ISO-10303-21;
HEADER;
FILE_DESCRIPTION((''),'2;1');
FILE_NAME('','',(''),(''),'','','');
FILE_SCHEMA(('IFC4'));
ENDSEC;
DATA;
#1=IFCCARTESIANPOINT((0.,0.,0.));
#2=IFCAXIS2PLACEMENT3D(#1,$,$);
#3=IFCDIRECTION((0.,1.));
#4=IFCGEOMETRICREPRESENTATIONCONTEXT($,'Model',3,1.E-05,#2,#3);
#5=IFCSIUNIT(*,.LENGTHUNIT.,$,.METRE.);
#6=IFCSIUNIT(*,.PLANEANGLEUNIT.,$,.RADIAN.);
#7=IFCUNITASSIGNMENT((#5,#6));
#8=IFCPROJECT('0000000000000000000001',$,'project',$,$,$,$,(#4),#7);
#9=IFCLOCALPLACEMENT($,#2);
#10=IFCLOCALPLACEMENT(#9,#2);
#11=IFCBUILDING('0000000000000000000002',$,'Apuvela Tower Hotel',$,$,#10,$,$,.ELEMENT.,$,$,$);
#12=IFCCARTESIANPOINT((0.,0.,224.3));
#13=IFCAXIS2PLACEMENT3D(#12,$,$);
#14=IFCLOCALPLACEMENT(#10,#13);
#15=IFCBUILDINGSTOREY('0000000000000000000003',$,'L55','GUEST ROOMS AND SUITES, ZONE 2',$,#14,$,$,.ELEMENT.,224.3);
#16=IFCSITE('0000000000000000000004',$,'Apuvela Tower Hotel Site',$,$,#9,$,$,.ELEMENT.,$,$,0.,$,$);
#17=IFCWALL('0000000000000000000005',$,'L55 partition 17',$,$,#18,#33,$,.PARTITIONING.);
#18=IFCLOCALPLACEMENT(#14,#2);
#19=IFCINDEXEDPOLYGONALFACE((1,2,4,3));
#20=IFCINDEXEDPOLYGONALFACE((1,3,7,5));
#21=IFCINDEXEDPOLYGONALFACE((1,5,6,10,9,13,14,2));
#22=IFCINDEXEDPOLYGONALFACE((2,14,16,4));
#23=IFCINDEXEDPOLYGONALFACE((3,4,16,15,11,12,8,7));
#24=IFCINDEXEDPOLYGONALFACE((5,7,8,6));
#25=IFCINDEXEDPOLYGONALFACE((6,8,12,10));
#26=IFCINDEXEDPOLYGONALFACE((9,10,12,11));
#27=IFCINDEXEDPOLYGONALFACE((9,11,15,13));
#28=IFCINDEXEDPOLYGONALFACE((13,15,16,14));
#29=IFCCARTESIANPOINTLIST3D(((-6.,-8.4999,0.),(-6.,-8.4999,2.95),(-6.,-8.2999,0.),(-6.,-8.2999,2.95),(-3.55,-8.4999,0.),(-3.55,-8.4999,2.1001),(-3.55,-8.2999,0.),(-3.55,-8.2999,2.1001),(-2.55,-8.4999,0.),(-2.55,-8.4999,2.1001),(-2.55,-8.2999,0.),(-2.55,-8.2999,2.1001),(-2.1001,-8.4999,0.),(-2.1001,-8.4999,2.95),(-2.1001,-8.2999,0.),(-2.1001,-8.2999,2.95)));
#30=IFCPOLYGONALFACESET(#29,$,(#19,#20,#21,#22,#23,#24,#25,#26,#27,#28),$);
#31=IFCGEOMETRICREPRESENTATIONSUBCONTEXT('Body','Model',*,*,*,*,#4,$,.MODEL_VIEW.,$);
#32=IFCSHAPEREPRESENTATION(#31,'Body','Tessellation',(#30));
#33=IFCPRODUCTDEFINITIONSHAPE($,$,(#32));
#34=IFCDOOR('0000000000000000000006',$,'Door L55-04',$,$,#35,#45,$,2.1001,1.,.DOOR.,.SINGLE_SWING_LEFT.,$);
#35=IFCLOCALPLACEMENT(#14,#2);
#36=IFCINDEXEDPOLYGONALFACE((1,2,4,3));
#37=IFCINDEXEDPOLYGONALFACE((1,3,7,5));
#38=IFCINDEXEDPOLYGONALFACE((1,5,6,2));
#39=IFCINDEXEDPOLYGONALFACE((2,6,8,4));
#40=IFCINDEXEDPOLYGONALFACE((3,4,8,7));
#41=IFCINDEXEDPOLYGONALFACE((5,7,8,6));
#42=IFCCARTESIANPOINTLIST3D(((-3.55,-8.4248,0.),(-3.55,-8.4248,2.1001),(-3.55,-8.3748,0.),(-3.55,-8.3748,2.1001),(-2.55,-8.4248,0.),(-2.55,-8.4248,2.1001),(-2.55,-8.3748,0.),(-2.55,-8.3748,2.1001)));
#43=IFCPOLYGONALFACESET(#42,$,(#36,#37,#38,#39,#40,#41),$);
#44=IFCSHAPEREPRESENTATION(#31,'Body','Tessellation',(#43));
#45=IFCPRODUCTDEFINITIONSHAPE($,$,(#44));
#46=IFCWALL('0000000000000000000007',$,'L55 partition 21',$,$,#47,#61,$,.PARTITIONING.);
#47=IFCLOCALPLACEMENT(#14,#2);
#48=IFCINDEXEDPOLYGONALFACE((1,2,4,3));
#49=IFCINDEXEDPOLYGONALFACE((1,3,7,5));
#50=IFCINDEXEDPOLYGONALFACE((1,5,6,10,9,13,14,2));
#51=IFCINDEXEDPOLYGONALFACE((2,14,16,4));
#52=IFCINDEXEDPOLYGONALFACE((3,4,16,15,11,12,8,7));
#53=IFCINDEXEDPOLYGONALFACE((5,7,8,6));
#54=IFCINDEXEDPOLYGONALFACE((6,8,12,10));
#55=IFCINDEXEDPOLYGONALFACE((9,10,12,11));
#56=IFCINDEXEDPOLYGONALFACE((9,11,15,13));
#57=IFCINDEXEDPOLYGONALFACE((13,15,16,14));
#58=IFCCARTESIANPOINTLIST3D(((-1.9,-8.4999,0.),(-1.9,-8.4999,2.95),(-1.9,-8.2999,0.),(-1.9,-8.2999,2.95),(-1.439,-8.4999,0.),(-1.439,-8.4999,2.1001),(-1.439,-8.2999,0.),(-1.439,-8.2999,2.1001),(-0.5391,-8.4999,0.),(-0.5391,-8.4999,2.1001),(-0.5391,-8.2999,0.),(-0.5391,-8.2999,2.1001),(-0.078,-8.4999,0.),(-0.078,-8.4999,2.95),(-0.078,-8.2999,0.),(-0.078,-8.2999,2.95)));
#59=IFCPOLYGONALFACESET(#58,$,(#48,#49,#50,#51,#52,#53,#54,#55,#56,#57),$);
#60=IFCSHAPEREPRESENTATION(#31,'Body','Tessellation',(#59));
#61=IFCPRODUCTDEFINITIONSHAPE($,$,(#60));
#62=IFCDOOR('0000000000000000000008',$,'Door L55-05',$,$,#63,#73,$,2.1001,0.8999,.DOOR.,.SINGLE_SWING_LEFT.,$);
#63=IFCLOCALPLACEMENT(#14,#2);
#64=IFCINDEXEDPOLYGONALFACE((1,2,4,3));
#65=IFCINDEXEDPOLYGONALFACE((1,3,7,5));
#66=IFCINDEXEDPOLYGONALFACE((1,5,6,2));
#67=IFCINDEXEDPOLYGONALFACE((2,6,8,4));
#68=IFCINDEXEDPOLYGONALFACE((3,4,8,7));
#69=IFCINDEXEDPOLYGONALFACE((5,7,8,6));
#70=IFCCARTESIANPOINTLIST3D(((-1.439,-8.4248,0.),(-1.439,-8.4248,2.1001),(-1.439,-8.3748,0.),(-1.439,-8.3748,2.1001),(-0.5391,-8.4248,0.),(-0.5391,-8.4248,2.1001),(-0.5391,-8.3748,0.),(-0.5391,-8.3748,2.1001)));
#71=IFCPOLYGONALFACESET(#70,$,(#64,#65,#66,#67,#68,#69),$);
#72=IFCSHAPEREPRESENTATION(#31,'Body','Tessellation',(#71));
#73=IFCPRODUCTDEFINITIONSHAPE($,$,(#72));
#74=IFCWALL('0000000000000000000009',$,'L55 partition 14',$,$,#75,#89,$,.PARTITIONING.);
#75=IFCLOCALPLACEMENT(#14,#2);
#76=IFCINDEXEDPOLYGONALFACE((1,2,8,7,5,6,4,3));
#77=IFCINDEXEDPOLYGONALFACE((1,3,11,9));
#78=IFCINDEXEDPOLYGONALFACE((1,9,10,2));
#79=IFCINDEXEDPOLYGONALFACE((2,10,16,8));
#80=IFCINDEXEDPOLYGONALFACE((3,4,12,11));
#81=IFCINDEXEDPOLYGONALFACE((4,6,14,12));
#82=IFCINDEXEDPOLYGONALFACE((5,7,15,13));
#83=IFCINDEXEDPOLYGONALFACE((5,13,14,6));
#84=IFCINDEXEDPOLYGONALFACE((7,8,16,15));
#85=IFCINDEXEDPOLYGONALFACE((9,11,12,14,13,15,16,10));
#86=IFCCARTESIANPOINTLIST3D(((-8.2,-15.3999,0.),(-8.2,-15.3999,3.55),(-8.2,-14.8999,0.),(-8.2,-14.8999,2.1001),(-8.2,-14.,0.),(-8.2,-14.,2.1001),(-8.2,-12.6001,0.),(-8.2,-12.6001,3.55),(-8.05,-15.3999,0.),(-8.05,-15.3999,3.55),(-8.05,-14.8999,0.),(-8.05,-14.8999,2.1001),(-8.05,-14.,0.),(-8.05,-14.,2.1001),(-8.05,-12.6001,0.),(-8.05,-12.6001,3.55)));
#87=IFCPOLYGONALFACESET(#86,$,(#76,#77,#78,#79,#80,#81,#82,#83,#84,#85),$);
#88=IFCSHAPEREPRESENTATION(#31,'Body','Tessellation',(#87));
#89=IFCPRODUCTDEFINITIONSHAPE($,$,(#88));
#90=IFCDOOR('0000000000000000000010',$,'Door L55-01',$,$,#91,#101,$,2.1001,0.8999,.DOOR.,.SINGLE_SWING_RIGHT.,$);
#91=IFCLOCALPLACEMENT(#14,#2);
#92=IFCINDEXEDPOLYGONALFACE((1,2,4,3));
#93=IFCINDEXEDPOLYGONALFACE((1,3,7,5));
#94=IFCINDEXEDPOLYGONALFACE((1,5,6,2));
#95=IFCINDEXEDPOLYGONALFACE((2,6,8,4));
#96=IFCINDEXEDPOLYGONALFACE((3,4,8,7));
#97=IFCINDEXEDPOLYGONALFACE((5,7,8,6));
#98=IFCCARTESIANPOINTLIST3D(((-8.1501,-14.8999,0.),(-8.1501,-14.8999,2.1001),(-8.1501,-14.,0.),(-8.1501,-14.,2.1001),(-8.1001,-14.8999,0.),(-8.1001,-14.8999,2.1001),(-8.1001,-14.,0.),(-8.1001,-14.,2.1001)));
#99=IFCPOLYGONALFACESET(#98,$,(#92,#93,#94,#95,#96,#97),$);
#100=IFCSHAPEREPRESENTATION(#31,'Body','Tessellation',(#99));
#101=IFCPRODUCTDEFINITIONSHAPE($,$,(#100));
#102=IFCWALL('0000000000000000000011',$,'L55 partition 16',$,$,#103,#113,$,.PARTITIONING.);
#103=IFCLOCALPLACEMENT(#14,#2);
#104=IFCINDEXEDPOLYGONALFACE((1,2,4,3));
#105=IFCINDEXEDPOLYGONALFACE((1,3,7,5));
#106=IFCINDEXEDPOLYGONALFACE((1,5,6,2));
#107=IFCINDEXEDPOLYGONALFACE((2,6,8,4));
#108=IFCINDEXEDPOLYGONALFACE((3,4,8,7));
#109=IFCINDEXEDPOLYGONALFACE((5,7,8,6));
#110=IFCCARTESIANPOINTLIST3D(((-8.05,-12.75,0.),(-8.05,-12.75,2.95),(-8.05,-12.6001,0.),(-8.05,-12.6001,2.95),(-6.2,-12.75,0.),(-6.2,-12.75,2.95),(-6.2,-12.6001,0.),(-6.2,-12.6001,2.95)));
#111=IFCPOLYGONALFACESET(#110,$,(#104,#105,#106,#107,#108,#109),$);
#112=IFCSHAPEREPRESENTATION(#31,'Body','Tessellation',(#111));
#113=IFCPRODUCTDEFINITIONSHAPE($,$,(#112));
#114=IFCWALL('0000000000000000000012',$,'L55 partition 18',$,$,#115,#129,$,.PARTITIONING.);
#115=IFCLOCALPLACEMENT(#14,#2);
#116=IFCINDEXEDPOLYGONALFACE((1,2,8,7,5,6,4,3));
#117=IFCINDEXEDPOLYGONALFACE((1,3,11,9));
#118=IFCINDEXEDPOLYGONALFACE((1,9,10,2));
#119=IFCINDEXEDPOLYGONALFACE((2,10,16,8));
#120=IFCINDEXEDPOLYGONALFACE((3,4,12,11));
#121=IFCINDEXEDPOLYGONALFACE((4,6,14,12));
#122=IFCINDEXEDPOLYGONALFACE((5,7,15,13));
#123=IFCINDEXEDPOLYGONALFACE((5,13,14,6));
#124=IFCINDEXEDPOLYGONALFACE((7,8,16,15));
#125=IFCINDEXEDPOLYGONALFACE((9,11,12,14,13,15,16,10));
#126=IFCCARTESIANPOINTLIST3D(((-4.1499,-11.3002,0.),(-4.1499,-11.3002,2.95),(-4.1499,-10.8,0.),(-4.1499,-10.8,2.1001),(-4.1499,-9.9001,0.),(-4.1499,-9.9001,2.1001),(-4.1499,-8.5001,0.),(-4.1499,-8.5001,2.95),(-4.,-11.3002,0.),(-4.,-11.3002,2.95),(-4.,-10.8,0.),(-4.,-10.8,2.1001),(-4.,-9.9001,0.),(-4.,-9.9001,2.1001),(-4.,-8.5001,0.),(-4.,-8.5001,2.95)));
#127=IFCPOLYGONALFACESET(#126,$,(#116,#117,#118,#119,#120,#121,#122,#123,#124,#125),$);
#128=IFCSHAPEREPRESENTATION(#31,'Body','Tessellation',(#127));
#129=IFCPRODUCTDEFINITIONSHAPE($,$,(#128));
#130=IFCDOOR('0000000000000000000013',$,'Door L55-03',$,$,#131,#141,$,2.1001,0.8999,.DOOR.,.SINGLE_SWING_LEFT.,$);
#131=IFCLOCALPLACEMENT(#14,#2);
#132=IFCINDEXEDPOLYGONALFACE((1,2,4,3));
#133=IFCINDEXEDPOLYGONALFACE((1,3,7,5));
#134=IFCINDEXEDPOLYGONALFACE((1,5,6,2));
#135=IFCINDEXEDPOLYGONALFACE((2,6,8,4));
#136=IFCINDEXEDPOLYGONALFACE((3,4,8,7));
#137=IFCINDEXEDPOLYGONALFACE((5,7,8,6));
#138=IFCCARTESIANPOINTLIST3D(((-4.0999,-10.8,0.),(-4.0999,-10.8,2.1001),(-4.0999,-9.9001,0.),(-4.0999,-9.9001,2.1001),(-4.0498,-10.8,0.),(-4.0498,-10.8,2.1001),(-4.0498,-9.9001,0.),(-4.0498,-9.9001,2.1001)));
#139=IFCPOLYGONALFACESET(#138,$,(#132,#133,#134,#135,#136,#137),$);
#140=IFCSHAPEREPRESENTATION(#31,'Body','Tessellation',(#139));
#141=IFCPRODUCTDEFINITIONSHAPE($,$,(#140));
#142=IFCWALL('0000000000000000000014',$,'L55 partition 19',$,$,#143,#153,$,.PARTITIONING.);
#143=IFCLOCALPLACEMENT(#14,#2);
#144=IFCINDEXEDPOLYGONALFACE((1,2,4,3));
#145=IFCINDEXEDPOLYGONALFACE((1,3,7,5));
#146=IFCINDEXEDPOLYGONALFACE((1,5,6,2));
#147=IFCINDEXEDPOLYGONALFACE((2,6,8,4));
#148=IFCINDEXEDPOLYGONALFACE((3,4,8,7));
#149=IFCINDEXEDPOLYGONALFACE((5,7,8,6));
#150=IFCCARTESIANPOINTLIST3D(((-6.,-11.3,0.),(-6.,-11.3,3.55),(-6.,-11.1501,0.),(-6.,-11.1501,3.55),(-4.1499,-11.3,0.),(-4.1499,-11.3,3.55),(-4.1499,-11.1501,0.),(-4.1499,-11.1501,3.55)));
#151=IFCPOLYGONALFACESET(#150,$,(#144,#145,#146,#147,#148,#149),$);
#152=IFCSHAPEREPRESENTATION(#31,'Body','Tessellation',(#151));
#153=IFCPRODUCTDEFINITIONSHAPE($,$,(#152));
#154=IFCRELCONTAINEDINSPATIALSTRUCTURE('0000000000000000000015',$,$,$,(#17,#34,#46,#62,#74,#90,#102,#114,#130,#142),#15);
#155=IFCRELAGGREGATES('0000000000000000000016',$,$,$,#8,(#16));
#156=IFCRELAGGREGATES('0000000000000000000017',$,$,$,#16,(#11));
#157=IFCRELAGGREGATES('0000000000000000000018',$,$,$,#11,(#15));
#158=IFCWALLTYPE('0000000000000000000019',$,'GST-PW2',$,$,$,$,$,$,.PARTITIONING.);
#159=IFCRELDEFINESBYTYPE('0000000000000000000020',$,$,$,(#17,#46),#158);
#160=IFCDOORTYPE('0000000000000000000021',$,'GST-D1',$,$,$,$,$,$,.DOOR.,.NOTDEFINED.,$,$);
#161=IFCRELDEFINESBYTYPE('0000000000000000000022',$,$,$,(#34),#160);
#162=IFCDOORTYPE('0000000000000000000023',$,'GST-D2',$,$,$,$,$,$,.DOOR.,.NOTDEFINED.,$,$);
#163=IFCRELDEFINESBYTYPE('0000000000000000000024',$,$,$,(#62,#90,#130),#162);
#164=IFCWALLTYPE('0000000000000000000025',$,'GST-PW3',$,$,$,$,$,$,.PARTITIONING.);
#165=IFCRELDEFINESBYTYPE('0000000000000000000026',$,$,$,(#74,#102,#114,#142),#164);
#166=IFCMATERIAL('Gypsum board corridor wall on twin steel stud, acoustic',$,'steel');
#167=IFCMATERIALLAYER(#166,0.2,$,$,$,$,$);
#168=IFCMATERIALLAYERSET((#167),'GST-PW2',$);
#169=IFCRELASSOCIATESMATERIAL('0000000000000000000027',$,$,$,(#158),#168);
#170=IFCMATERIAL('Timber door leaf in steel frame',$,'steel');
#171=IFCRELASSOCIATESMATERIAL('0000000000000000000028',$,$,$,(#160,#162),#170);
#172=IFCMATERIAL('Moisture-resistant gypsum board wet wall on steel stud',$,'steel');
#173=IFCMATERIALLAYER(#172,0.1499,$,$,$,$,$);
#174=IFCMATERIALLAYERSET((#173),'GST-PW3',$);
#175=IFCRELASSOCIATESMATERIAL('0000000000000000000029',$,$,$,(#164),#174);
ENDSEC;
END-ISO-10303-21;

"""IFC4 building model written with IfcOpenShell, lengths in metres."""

from ifc_helpers import new_model, si_unit, direction, frame, frame_2d, origin, place, context, subcontext, project, spatial, rectangle, extrude, material, layer, layer_set, type_object, element, fill, save


model = new_model("IFC4")

# Units and contexts
model_context = context("Model", 3, precision=1e-05, world=origin(), true_north=direction((0.0, 1.0)))
body_context = subcontext(model_context, "Body", "Model", "MODEL_VIEW")
ifc_project = project(units=[si_unit("LENGTHUNIT", "METRE"), si_unit("PLANEANGLEUNIT", "RADIAN")], contexts=[model_context])

# Site, building, storey
site_placement = place(None, origin())
site = spatial("IfcSite", under=ifc_project, at=site_placement, Name="Apuvela Tower Hotel Site", CompositionType="ELEMENT", RefElevation=0.0)
building_placement = place(site_placement, origin())
building = spatial("IfcBuilding", under=site, at=building_placement, Name="Apuvela Tower Hotel", CompositionType="ELEMENT")
storey_placement = place(building_placement, frame((0.0, 0.0, 224.3)))
storey = spatial("IfcBuildingStorey", under=building, at=storey_placement, Name="L55", Description="GUEST ROOMS AND SUITES, ZONE 2", CompositionType="ELEMENT", Elevation=224.3)

# Walls, openings, doors
ifc_material_1 = material(Name="Gypsum board corridor wall on twin steel stud, acoustic", Category="steel")
ifc_layer_1 = layer(ifc_material_1, 0.2)
ifc_layer_set_1 = layer_set([ifc_layer_1], Name="GST-PW2")
wall_type_1 = type_object("IfcWallType", Name="GST-PW2", PredefinedType="PARTITIONING", material=ifc_layer_set_1)
ifc_material_2 = material(Name="Timber door leaf in steel frame", Category="steel")
door_type_1 = type_object("IfcDoorType", Name="GST-D1", OperationType="NOTDEFINED", PredefinedType="DOOR", material=ifc_material_2)
wall_1_placement = place(storey_placement, frame((-2.1001, -8.3999, 0.0), z_axis=(0.0, 0.0, 1.0), x_axis=(-1.0, 0.0, 0.0)))
wall_1 = element("IfcWall", 1, at=wall_1_placement, inside=storey, type_object=wall_type_1, Name="L55 partition 17", PredefinedType="PARTITIONING", context=body_context, shape_type="SweptSolid", body=[
    extrude(rectangle(XDim=3.8999, YDim=0.2, at=frame_2d((1.95, 0.0))), origin(), (0.0, 0.0, 1.0), 2.95),
])
opening_1_placement = place(wall_1_placement, frame((0.45, 0.0, 0.0)))
opening_1 = element("IfcOpeningElement", 2, at=opening_1_placement, cuts=wall_1, PredefinedType="OPENING", context=body_context, shape_type="SweptSolid", body=[
    extrude(rectangle(XDim=1.0, YDim=2.1001, at=frame_2d((0.5, 1.05))), frame((0.0, 0.1099, 0.0), z_axis=(0.0, -1.0, 0.0), x_axis=(1.0, 0.0, 0.0)), (0.0, 0.0, 1.0), 0.22),
])
door_1_placement = place(opening_1_placement, origin())
door_1 = element("IfcDoor", 3, at=door_1_placement, inside=storey, type_object=door_type_1, Name="Door L55-04", OperationType="SINGLE_SWING_LEFT", OverallHeight=2.1001, OverallWidth=1.0, PredefinedType="DOOR", context=body_context, shape_type="SweptSolid", body=[
    extrude(rectangle(XDim=1.0, YDim=2.1001, at=frame_2d((0.5, 1.05))), frame((0.0, 0.0249, 0.0), z_axis=(0.0, -1.0, 0.0), x_axis=(1.0, 0.0, 0.0)), (0.0, 0.0, 1.0), 0.05),
])
fill(opening_1, door_1)
wall_2_placement = place(storey_placement, frame((-0.0779, -8.3999, 0.0), z_axis=(0.0, 0.0, 1.0), x_axis=(-1.0, 0.0, 0.0)))
wall_2 = element("IfcWall", 4, at=wall_2_placement, inside=storey, type_object=wall_type_1, Name="L55 partition 21", PredefinedType="PARTITIONING", context=body_context, shape_type="SweptSolid", body=[
    extrude(rectangle(XDim=1.822, YDim=0.2, at=frame_2d((0.9111, 0.0))), origin(), (0.0, 0.0, 1.0), 2.95),
])
opening_2_placement = place(wall_2_placement, frame((0.4612, 0.0, 0.0)))
opening_2 = element("IfcOpeningElement", 5, at=opening_2_placement, cuts=wall_2, PredefinedType="OPENING", context=body_context, shape_type="SweptSolid", body=[
    extrude(rectangle(XDim=0.8999, YDim=2.1001, at=frame_2d((0.45, 1.05))), frame((0.0, 0.1099, 0.0), z_axis=(0.0, -1.0, 0.0), x_axis=(1.0, 0.0, 0.0)), (0.0, 0.0, 1.0), 0.22),
])
door_type_2 = type_object("IfcDoorType", Name="GST-D2", OperationType="NOTDEFINED", PredefinedType="DOOR", material=ifc_material_2)
door_2_placement = place(opening_2_placement, origin())
door_2 = element("IfcDoor", 6, at=door_2_placement, inside=storey, type_object=door_type_2, Name="Door L55-05", OperationType="SINGLE_SWING_LEFT", OverallHeight=2.1001, OverallWidth=0.8999, PredefinedType="DOOR", context=body_context, shape_type="SweptSolid", body=[
    extrude(rectangle(XDim=0.8999, YDim=2.1001, at=frame_2d((0.45, 1.05))), frame((0.0, 0.0249, 0.0), z_axis=(0.0, -1.0, 0.0), x_axis=(1.0, 0.0, 0.0)), (0.0, 0.0, 1.0), 0.05),
])
fill(opening_2, door_2)
ifc_material_3 = material(Name="Moisture-resistant gypsum board wet wall on steel stud", Category="steel")
ifc_layer_2 = layer(ifc_material_3, 0.1499)
ifc_layer_set_2 = layer_set([ifc_layer_2], Name="GST-PW3")
wall_type_2 = type_object("IfcWallType", Name="GST-PW3", PredefinedType="PARTITIONING", material=ifc_layer_set_2)
wall_3_placement = place(storey_placement, frame((-8.125, -12.6001, 0.0), z_axis=(0.0, 0.0, 1.0), x_axis=(0.0, -1.0, 0.0)))
wall_3 = element("IfcWall", 7, at=wall_3_placement, inside=storey, type_object=wall_type_2, Name="L55 partition 14", PredefinedType="PARTITIONING", context=body_context, shape_type="SweptSolid", body=[
    extrude(rectangle(XDim=2.7998, YDim=0.1499, at=frame_2d((1.3999, 0.0))), origin(), (0.0, 0.0, 1.0), 3.55),
])
opening_3_placement = place(wall_3_placement, frame((1.3999, 0.0, 0.0)))
opening_3 = element("IfcOpeningElement", 8, at=opening_3_placement, cuts=wall_3, PredefinedType="OPENING", context=body_context, shape_type="SweptSolid", body=[
    extrude(rectangle(XDim=0.8999, YDim=2.1001, at=frame_2d((0.45, 1.05))), frame((0.0, 0.085, 0.0), z_axis=(0.0, -1.0, 0.0), x_axis=(1.0, 0.0, 0.0)), (0.0, 0.0, 1.0), 0.1699),
])
door_3_placement = place(opening_3_placement, origin())
door_3 = element("IfcDoor", 9, at=door_3_placement, inside=storey, type_object=door_type_2, Name="Door L55-01", OperationType="SINGLE_SWING_RIGHT", OverallHeight=2.1001, OverallWidth=0.8999, PredefinedType="DOOR", context=body_context, shape_type="SweptSolid", body=[
    extrude(rectangle(XDim=0.8999, YDim=2.1001, at=frame_2d((0.45, 1.05))), frame((0.0, 0.0249, 0.0), z_axis=(0.0, -1.0, 0.0), x_axis=(1.0, 0.0, 0.0)), (0.0, 0.0, 1.0), 0.05),
])
fill(opening_3, door_3)

# Wall
wall_4_placement = place(storey_placement, frame((-8.05, -12.675, 0.0), z_axis=(0.0, 0.0, 1.0), x_axis=(1.0, 0.0, 0.0)))
element("IfcWall", 10, at=wall_4_placement, inside=storey, type_object=wall_type_2, Name="L55 partition 16", PredefinedType="PARTITIONING", context=body_context, shape_type="SweptSolid", body=[
    extrude(rectangle(XDim=1.8501, YDim=0.1499, at=frame_2d((0.925, 0.0))), origin(), (0.0, 0.0, 1.0), 2.95),
])

# Wall, opening, door
wall_5_placement = place(storey_placement, frame((-4.075, -11.3, 0.0), z_axis=(0.0, 0.0, 1.0), x_axis=(0.0, 1.0, 0.0)))
wall_5 = element("IfcWall", 11, at=wall_5_placement, inside=storey, type_object=wall_type_2, Name="L55 partition 18", PredefinedType="PARTITIONING", context=body_context, shape_type="SweptSolid", body=[
    extrude(rectangle(XDim=2.8, YDim=0.1499, at=frame_2d((1.3999, 0.0))), origin(), (0.0, 0.0, 1.0), 2.95),
])
opening_4_placement = place(wall_5_placement, frame((0.5, 0.0, 0.0)))
opening_4 = element("IfcOpeningElement", 12, at=opening_4_placement, cuts=wall_5, PredefinedType="OPENING", context=body_context, shape_type="SweptSolid", body=[
    extrude(rectangle(XDim=0.8999, YDim=2.1001, at=frame_2d((0.45, 1.05))), frame((0.0, 0.085, 0.0), z_axis=(0.0, -1.0, 0.0), x_axis=(1.0, 0.0, 0.0)), (0.0, 0.0, 1.0), 0.1699),
])
door_4_placement = place(opening_4_placement, origin())
door_4 = element("IfcDoor", 13, at=door_4_placement, inside=storey, type_object=door_type_2, Name="Door L55-03", OperationType="SINGLE_SWING_LEFT", OverallHeight=2.1001, OverallWidth=0.8999, PredefinedType="DOOR", context=body_context, shape_type="SweptSolid", body=[
    extrude(rectangle(XDim=0.8999, YDim=2.1001, at=frame_2d((0.45, 1.05))), frame((0.0, 0.0249, 0.0), z_axis=(0.0, -1.0, 0.0), x_axis=(1.0, 0.0, 0.0)), (0.0, 0.0, 1.0), 0.05),
])
fill(opening_4, door_4)

# Wall
wall_6_placement = place(storey_placement, frame((-6.0, -11.2251, 0.0), z_axis=(0.0, 0.0, 1.0), x_axis=(1.0, 0.0, 0.0)))
element("IfcWall", 14, at=wall_6_placement, inside=storey, type_object=wall_type_2, Name="L55 partition 19", PredefinedType="PARTITIONING", context=body_context, shape_type="SweptSolid", body=[
    extrude(rectangle(XDim=1.8501, YDim=0.1499, at=frame_2d((0.925, 0.0))), origin(), (0.0, 0.0, 1.0), 3.55),
])

save(model, "model.ifc")
